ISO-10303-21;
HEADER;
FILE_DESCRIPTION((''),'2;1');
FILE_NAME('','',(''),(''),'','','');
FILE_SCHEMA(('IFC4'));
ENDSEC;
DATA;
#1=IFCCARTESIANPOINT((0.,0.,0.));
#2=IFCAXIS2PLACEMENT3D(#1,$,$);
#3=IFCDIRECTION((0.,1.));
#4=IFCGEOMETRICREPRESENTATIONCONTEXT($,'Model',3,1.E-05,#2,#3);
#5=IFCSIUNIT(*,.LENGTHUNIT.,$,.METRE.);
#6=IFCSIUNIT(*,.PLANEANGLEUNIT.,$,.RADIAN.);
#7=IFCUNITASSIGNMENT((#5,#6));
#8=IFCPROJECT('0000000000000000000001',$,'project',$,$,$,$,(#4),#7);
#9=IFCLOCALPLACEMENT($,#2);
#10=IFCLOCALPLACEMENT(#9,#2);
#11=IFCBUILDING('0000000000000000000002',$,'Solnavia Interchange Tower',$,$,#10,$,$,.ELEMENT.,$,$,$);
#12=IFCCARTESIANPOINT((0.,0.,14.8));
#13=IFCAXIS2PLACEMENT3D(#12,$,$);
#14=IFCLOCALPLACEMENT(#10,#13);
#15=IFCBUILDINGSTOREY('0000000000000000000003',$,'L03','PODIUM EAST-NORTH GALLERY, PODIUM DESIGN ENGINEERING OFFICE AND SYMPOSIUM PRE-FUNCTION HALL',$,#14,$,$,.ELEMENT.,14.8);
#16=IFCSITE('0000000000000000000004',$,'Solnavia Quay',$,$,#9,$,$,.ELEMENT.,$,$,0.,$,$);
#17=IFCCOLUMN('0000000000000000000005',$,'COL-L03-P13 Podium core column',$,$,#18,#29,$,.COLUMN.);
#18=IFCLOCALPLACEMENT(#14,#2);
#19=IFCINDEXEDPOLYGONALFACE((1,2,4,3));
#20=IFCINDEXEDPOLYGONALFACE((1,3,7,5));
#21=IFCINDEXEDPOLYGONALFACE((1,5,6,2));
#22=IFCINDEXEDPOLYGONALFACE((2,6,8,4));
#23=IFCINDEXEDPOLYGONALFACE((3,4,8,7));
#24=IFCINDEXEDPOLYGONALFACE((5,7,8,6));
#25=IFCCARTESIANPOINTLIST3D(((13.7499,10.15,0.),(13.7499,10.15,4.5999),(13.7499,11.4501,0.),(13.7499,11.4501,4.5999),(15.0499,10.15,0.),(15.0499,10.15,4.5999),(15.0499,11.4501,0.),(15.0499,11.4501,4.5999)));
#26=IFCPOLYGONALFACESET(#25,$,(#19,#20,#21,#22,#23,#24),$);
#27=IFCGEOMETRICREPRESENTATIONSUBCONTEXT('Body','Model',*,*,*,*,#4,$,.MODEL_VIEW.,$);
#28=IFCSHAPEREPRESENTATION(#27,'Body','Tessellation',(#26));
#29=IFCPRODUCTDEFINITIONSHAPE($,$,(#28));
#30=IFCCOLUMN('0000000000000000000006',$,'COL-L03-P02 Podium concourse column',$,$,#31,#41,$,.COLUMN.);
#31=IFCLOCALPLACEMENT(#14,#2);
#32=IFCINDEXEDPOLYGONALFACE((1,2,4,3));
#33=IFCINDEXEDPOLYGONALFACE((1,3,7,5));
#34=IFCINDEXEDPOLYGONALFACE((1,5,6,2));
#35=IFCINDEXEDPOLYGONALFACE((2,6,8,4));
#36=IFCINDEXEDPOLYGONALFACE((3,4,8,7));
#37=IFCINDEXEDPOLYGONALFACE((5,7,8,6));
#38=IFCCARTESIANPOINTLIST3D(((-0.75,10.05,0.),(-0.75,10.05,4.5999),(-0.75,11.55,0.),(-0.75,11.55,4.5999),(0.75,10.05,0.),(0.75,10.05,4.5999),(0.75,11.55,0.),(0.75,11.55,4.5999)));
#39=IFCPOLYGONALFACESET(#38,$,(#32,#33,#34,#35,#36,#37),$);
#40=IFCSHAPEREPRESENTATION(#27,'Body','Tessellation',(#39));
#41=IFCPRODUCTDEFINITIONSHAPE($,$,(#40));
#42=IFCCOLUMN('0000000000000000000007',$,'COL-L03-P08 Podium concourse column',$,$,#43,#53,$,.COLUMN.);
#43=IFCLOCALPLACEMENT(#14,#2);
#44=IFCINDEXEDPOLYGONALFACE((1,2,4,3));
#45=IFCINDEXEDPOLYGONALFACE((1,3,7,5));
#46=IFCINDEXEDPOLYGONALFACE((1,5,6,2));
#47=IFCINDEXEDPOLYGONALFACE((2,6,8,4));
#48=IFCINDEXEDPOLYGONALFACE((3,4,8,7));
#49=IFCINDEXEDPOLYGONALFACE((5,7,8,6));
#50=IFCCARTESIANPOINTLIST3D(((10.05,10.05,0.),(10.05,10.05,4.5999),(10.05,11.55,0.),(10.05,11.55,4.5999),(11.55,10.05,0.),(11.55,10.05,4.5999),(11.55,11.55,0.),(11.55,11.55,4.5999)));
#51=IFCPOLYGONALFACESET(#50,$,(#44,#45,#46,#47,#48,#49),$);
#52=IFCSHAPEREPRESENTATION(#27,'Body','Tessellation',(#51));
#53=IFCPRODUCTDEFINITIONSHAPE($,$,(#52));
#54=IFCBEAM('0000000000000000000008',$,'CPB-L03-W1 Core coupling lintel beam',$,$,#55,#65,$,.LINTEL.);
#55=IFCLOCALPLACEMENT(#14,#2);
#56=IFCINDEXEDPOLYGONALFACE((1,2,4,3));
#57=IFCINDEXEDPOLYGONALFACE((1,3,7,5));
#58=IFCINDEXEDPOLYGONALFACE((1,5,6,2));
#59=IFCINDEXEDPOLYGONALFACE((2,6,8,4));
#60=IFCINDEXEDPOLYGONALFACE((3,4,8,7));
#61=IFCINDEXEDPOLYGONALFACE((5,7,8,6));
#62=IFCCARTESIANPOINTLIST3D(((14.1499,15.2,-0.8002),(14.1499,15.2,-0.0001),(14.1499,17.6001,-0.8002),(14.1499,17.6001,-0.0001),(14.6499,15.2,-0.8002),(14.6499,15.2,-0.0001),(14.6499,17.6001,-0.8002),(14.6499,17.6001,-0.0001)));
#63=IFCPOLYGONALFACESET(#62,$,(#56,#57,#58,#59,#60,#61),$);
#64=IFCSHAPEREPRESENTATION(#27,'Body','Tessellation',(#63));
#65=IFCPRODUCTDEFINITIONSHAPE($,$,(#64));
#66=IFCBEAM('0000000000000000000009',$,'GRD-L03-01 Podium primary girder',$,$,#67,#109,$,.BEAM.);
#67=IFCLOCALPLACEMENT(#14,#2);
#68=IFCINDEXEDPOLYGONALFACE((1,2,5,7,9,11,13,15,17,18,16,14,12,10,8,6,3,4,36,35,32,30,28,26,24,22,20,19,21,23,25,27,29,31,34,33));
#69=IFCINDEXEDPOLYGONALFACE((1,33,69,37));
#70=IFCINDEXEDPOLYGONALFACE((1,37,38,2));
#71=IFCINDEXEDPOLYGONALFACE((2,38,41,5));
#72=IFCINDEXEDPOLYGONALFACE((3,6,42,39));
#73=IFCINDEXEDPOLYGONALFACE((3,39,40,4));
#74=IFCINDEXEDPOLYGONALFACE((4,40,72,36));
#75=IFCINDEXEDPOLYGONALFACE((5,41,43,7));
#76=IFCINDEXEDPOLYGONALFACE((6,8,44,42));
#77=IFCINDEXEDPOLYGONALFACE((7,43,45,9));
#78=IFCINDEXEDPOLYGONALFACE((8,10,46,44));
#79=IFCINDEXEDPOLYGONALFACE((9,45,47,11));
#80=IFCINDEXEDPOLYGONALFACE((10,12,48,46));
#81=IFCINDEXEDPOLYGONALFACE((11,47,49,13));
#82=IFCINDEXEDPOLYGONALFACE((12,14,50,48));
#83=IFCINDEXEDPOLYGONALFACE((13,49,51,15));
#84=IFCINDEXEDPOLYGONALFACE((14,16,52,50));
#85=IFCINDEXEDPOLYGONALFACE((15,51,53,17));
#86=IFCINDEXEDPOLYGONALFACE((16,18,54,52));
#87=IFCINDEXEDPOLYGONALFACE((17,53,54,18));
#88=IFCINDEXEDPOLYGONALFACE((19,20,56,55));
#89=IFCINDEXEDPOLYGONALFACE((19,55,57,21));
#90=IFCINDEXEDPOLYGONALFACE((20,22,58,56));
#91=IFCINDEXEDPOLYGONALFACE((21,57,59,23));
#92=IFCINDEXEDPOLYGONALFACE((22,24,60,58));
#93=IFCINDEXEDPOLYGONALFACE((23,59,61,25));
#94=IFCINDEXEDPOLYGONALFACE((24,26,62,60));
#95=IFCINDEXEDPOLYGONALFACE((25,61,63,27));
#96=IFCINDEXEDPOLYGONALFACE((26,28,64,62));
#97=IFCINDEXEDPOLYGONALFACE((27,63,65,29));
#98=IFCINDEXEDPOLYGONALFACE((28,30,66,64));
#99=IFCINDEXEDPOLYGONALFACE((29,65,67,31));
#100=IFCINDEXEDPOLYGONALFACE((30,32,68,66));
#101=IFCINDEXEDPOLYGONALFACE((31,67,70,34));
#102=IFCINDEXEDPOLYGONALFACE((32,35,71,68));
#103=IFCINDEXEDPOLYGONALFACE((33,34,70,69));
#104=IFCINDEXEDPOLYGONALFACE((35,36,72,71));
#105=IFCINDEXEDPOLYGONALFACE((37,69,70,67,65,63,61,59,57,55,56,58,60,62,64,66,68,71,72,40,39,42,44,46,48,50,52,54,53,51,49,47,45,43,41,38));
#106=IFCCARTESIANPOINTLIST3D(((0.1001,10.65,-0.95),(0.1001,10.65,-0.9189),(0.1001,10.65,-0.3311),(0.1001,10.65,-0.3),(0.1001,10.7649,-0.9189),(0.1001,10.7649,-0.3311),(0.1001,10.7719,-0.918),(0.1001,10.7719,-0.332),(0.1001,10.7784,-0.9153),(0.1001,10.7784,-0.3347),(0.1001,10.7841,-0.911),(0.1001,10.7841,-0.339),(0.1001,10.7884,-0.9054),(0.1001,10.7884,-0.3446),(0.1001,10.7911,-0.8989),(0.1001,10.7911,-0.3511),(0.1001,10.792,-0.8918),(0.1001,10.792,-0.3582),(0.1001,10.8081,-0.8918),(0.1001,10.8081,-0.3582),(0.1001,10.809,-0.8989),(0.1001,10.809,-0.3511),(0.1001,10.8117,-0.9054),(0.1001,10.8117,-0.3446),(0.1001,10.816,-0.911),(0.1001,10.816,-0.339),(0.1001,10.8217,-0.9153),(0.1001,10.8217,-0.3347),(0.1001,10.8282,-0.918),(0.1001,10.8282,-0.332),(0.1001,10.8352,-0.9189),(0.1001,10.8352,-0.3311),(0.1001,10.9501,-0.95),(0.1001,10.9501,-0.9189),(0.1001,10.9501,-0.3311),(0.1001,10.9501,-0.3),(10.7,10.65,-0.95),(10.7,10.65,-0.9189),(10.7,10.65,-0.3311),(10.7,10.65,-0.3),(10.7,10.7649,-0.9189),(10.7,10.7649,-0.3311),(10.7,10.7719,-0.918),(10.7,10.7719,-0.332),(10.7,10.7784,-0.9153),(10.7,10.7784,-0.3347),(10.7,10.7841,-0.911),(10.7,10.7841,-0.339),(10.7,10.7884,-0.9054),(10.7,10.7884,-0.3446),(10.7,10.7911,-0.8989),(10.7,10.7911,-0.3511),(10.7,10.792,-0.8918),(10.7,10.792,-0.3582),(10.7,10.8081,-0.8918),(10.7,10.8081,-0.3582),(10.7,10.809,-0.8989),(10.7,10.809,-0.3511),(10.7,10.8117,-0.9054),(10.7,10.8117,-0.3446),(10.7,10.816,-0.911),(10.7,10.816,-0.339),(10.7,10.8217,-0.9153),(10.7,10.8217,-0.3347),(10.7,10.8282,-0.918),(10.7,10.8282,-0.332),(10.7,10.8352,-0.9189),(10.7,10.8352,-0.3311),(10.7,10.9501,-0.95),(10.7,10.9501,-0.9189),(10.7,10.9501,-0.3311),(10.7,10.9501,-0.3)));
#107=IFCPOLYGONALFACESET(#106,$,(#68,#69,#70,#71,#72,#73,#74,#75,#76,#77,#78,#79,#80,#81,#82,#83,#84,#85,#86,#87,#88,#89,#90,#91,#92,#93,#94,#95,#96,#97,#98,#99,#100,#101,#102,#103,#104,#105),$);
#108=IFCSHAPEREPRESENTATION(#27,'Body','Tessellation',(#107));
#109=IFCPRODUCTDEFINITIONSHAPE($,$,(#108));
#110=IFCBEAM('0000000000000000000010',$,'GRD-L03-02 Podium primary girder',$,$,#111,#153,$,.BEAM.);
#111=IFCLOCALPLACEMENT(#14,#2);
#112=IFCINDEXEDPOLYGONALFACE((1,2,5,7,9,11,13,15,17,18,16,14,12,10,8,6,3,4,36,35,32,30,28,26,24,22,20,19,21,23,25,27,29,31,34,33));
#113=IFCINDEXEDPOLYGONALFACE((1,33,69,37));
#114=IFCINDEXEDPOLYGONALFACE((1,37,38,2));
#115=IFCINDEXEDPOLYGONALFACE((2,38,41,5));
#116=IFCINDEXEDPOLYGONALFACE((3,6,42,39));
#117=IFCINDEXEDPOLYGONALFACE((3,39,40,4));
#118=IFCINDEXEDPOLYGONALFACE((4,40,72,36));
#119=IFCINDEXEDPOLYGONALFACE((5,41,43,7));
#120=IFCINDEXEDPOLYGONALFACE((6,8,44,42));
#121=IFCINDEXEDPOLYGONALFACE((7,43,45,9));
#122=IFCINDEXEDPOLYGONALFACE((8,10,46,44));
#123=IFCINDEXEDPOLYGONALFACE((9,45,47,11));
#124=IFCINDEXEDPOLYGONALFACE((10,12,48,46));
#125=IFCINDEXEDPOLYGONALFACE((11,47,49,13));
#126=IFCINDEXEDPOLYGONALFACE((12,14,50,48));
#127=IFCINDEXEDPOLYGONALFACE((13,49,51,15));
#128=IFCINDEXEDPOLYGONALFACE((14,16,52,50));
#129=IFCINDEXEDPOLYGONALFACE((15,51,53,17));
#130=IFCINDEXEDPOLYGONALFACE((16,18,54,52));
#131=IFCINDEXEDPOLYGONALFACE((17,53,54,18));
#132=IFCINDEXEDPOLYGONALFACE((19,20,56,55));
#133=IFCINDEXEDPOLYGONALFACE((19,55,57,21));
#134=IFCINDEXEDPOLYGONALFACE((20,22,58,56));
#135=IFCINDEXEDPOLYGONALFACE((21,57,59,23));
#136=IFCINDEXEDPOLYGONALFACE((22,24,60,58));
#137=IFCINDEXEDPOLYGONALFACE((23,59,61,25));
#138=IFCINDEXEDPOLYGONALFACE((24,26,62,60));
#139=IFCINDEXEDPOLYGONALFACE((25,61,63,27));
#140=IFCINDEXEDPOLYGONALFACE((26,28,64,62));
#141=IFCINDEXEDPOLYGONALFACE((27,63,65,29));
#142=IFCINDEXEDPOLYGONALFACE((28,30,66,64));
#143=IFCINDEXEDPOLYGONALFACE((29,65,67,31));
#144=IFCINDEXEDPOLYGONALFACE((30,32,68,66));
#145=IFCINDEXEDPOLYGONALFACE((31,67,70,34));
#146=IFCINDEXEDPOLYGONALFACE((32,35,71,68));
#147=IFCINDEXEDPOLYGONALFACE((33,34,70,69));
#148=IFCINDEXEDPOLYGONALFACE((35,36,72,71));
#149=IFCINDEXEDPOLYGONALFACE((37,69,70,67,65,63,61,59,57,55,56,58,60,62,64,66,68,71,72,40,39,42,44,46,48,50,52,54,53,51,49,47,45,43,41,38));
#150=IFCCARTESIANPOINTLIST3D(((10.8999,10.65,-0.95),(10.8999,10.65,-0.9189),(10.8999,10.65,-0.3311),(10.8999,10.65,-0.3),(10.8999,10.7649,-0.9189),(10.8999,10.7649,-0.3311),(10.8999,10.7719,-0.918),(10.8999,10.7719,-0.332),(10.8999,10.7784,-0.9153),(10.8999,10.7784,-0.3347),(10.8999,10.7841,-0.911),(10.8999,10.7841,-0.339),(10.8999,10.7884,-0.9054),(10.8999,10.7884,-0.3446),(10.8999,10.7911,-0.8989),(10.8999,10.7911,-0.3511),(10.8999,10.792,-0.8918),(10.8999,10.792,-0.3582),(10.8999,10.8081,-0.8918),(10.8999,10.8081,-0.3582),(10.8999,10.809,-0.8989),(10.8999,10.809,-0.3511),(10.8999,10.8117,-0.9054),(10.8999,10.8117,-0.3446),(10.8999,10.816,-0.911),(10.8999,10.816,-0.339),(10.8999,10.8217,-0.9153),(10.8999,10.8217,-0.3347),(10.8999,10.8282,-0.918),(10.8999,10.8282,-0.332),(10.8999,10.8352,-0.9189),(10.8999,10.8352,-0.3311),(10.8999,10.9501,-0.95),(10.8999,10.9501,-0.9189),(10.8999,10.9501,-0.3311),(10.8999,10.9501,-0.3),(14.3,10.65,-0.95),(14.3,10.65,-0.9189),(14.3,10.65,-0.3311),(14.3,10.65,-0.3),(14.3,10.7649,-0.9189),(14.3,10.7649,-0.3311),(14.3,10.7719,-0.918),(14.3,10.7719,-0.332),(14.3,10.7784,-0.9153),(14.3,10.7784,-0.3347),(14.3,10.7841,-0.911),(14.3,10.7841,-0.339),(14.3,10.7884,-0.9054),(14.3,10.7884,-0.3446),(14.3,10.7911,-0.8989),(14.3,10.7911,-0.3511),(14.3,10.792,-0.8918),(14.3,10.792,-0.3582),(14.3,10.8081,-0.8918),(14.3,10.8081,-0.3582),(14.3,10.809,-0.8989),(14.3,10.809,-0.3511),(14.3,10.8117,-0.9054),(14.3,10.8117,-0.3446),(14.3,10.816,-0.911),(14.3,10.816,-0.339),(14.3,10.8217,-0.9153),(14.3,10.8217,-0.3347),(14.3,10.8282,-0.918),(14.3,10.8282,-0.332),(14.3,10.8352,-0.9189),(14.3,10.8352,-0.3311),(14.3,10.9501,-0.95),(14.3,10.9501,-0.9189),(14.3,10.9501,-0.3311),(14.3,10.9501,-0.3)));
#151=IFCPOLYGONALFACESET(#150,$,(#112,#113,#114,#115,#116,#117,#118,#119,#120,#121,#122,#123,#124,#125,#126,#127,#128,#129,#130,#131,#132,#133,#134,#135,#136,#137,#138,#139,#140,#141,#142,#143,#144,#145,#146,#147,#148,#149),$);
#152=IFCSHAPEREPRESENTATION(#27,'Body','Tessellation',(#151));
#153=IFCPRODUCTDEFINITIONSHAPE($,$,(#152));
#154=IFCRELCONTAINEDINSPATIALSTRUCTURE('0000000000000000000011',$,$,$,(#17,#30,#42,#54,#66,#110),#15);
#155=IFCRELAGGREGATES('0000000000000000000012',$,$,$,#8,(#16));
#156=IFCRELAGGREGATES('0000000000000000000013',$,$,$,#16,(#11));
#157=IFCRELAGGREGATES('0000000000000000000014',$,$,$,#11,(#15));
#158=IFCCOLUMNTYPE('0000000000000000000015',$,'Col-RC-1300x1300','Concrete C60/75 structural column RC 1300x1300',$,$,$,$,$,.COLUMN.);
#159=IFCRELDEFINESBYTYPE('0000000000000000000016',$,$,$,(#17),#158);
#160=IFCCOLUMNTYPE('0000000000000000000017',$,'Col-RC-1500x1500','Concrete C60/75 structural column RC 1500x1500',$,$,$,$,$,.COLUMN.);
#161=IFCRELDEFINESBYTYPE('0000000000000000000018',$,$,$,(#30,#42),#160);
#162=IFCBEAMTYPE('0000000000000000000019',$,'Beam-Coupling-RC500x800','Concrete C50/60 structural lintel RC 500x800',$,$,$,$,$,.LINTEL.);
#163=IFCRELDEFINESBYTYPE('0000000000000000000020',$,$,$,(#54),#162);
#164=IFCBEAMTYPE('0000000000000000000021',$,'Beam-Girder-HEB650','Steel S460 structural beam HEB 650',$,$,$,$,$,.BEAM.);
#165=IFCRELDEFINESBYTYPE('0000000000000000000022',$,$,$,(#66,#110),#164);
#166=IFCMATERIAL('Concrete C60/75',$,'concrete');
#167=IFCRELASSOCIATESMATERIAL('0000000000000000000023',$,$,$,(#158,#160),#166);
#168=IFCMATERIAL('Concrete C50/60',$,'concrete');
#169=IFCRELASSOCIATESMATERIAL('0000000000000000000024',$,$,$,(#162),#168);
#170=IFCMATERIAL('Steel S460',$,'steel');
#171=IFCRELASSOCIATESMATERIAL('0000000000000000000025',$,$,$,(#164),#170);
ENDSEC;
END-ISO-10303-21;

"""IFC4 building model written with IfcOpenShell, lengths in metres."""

from ifc_helpers import new_model, si_unit, direction, frame, origin, origin_2d, place, context, subcontext, project, spatial, rectangle, i_section, extrude, material, material_profile, profile_set, type_object, element, save


model = new_model("IFC4")

# Units and contexts
model_context = context("Model", 3, precision=1e-05, world=origin(), true_north=direction((0.0, 1.0)))
body_context = subcontext(model_context, "Body", "Model", "MODEL_VIEW")
ifc_project = project(units=[si_unit("LENGTHUNIT", "METRE"), si_unit("PLANEANGLEUNIT", "RADIAN")], contexts=[model_context])

# Site, building, storey
site_placement = place(None, origin())
site = spatial("IfcSite", under=ifc_project, at=site_placement, Name="Solnavia Quay", CompositionType="ELEMENT", RefElevation=0.0)
building_placement = place(site_placement, origin())
building = spatial("IfcBuilding", under=site, at=building_placement, Name="Solnavia Interchange Tower", CompositionType="ELEMENT")
storey_placement = place(building_placement, frame((0.0, 0.0, 14.8)))
storey = spatial("IfcBuildingStorey", under=building, at=storey_placement, Name="L03", Description="PODIUM EAST-NORTH GALLERY, PODIUM DESIGN ENGINEERING OFFICE AND SYMPOSIUM PRE-FUNCTION HALL", CompositionType="ELEMENT", Elevation=14.8)

# Columns
ifc_material_1 = material(Name="Concrete C60/75", Category="concrete")
ifc_material_profile_1 = material_profile(ifc_material_1, rectangle(XDim=1.3, YDim=1.3, at=origin_2d()), Name="RC 1300x1300")
ifc_profile_set_1 = profile_set([ifc_material_profile_1], Name="Concrete C60/75")
column_type_1 = type_object("IfcColumnType", Name="Col-RC-1300x1300", Description="Concrete C60/75 structural column RC 1300x1300", PredefinedType="COLUMN", material=ifc_profile_set_1)
column_placement = place(storey_placement, frame((14.3999, 10.8, 0.0), z_axis=(0.0, 0.0, 1.0), x_axis=(1.0, 0.0, 0.0)))
element("IfcColumn", 1, at=column_placement, inside=storey, type_object=column_type_1, Name="COL-L03-P13 Podium core column", PredefinedType="COLUMN", context=body_context, shape_type="SweptSolid", body=[
    extrude(rectangle(XDim=1.3, YDim=1.3, at=origin_2d()), origin(), (0.0, 0.0, 1.0), 4.5999),
])
ifc_material_profile_2 = material_profile(ifc_material_1, rectangle(XDim=1.5, YDim=1.5, at=origin_2d()), Name="RC 1500x1500")
ifc_profile_set_2 = profile_set([ifc_material_profile_2], Name="Concrete C60/75")
column_type_2 = type_object("IfcColumnType", Name="Col-RC-1500x1500", Description="Concrete C60/75 structural column RC 1500x1500", PredefinedType="COLUMN", material=ifc_profile_set_2)
for number, where, z_axis, x_axis, name in (
    (2, (0.0, 10.8, 0.0), (0.0, 0.0, 1.0), (1.0, 0.0, 0.0), "COL-L03-P02 Podium concourse column"),
    (3, (10.8, 10.8, 0.0), (0.0, 0.0, 1.0), (1.0, 0.0, 0.0), "COL-L03-P08 Podium concourse column"),
):
    element("IfcColumn", number, at=place(storey_placement, frame(where, z_axis=z_axis, x_axis=x_axis)), inside=storey, type_object=column_type_2, Name=name, PredefinedType="COLUMN", context=body_context, shape_type="SweptSolid", body=[
        extrude(rectangle(XDim=1.5, YDim=1.5, at=origin_2d()), origin(), (0.0, 0.0, 1.0), 4.5999),
    ])

# Beams
ifc_material_2 = material(Name="Concrete C50/60", Category="concrete")
ifc_material_profile_3 = material_profile(ifc_material_2, rectangle(XDim=0.5, YDim=0.8, at=origin_2d()), Name="RC 500x800")
ifc_profile_set_3 = profile_set([ifc_material_profile_3], Name="Concrete C50/60")
beam_type_1 = type_object("IfcBeamType", Name="Beam-Coupling-RC500x800", Description="Concrete C50/60 structural lintel RC 500x800", PredefinedType="LINTEL", material=ifc_profile_set_3)
beam_1_placement = place(storey_placement, frame((14.3999, 15.2, -0.4001), z_axis=(0.0, 1.0, 0.0), x_axis=(-1.0, 0.0, 0.0)))
element("IfcBeam", 4, at=beam_1_placement, inside=storey, type_object=beam_type_1, Name="CPB-L03-W1 Core coupling lintel beam", PredefinedType="LINTEL", context=body_context, shape_type="SweptSolid", body=[
    extrude(rectangle(XDim=0.5, YDim=0.8, at=origin_2d()), origin(), (0.0, 0.0, 1.0), 2.4001),
])
ifc_material_3 = material(Name="Steel S460", Category="steel")
ifc_material_profile_4 = material_profile(ifc_material_3, i_section(OverallWidth=0.3, OverallDepth=0.6499, WebThickness=0.0161, FlangeThickness=0.031, FilletRadius=0.0271, at=origin_2d()), Name="HEB 650")
ifc_profile_set_4 = profile_set([ifc_material_profile_4], Name="Steel S460")
beam_type_2 = type_object("IfcBeamType", Name="Beam-Girder-HEB650", Description="Steel S460 structural beam HEB 650", PredefinedType="BEAM", material=ifc_profile_set_4)
beam_2_placement = place(storey_placement, frame((0.1001, 10.8, -0.625), z_axis=(1.0, 0.0, 0.0), x_axis=(0.0, 1.0, 0.0)))
element("IfcBeam", 5, at=beam_2_placement, inside=storey, type_object=beam_type_2, Name="GRD-L03-01 Podium primary girder", PredefinedType="BEAM", context=body_context, shape_type="SweptSolid", body=[
    extrude(i_section(OverallWidth=0.3, OverallDepth=0.6499, WebThickness=0.0161, FlangeThickness=0.031, FilletRadius=0.0271, at=origin_2d()), origin(), (0.0, 0.0, 1.0), 10.5999),
])
beam_3_placement = place(storey_placement, frame((10.8999, 10.8, -0.625), z_axis=(1.0, 0.0, 0.0), x_axis=(0.0, 1.0, 0.0)))
element("IfcBeam", 6, at=beam_3_placement, inside=storey, type_object=beam_type_2, Name="GRD-L03-02 Podium primary girder", PredefinedType="BEAM", context=body_context, shape_type="SweptSolid", body=[
    extrude(i_section(OverallWidth=0.3, OverallDepth=0.6499, WebThickness=0.0161, FlangeThickness=0.031, FilletRadius=0.0271, at=origin_2d()), origin(), (0.0, 0.0, 1.0), 3.4001),
])

save(model, "model.ifc")
